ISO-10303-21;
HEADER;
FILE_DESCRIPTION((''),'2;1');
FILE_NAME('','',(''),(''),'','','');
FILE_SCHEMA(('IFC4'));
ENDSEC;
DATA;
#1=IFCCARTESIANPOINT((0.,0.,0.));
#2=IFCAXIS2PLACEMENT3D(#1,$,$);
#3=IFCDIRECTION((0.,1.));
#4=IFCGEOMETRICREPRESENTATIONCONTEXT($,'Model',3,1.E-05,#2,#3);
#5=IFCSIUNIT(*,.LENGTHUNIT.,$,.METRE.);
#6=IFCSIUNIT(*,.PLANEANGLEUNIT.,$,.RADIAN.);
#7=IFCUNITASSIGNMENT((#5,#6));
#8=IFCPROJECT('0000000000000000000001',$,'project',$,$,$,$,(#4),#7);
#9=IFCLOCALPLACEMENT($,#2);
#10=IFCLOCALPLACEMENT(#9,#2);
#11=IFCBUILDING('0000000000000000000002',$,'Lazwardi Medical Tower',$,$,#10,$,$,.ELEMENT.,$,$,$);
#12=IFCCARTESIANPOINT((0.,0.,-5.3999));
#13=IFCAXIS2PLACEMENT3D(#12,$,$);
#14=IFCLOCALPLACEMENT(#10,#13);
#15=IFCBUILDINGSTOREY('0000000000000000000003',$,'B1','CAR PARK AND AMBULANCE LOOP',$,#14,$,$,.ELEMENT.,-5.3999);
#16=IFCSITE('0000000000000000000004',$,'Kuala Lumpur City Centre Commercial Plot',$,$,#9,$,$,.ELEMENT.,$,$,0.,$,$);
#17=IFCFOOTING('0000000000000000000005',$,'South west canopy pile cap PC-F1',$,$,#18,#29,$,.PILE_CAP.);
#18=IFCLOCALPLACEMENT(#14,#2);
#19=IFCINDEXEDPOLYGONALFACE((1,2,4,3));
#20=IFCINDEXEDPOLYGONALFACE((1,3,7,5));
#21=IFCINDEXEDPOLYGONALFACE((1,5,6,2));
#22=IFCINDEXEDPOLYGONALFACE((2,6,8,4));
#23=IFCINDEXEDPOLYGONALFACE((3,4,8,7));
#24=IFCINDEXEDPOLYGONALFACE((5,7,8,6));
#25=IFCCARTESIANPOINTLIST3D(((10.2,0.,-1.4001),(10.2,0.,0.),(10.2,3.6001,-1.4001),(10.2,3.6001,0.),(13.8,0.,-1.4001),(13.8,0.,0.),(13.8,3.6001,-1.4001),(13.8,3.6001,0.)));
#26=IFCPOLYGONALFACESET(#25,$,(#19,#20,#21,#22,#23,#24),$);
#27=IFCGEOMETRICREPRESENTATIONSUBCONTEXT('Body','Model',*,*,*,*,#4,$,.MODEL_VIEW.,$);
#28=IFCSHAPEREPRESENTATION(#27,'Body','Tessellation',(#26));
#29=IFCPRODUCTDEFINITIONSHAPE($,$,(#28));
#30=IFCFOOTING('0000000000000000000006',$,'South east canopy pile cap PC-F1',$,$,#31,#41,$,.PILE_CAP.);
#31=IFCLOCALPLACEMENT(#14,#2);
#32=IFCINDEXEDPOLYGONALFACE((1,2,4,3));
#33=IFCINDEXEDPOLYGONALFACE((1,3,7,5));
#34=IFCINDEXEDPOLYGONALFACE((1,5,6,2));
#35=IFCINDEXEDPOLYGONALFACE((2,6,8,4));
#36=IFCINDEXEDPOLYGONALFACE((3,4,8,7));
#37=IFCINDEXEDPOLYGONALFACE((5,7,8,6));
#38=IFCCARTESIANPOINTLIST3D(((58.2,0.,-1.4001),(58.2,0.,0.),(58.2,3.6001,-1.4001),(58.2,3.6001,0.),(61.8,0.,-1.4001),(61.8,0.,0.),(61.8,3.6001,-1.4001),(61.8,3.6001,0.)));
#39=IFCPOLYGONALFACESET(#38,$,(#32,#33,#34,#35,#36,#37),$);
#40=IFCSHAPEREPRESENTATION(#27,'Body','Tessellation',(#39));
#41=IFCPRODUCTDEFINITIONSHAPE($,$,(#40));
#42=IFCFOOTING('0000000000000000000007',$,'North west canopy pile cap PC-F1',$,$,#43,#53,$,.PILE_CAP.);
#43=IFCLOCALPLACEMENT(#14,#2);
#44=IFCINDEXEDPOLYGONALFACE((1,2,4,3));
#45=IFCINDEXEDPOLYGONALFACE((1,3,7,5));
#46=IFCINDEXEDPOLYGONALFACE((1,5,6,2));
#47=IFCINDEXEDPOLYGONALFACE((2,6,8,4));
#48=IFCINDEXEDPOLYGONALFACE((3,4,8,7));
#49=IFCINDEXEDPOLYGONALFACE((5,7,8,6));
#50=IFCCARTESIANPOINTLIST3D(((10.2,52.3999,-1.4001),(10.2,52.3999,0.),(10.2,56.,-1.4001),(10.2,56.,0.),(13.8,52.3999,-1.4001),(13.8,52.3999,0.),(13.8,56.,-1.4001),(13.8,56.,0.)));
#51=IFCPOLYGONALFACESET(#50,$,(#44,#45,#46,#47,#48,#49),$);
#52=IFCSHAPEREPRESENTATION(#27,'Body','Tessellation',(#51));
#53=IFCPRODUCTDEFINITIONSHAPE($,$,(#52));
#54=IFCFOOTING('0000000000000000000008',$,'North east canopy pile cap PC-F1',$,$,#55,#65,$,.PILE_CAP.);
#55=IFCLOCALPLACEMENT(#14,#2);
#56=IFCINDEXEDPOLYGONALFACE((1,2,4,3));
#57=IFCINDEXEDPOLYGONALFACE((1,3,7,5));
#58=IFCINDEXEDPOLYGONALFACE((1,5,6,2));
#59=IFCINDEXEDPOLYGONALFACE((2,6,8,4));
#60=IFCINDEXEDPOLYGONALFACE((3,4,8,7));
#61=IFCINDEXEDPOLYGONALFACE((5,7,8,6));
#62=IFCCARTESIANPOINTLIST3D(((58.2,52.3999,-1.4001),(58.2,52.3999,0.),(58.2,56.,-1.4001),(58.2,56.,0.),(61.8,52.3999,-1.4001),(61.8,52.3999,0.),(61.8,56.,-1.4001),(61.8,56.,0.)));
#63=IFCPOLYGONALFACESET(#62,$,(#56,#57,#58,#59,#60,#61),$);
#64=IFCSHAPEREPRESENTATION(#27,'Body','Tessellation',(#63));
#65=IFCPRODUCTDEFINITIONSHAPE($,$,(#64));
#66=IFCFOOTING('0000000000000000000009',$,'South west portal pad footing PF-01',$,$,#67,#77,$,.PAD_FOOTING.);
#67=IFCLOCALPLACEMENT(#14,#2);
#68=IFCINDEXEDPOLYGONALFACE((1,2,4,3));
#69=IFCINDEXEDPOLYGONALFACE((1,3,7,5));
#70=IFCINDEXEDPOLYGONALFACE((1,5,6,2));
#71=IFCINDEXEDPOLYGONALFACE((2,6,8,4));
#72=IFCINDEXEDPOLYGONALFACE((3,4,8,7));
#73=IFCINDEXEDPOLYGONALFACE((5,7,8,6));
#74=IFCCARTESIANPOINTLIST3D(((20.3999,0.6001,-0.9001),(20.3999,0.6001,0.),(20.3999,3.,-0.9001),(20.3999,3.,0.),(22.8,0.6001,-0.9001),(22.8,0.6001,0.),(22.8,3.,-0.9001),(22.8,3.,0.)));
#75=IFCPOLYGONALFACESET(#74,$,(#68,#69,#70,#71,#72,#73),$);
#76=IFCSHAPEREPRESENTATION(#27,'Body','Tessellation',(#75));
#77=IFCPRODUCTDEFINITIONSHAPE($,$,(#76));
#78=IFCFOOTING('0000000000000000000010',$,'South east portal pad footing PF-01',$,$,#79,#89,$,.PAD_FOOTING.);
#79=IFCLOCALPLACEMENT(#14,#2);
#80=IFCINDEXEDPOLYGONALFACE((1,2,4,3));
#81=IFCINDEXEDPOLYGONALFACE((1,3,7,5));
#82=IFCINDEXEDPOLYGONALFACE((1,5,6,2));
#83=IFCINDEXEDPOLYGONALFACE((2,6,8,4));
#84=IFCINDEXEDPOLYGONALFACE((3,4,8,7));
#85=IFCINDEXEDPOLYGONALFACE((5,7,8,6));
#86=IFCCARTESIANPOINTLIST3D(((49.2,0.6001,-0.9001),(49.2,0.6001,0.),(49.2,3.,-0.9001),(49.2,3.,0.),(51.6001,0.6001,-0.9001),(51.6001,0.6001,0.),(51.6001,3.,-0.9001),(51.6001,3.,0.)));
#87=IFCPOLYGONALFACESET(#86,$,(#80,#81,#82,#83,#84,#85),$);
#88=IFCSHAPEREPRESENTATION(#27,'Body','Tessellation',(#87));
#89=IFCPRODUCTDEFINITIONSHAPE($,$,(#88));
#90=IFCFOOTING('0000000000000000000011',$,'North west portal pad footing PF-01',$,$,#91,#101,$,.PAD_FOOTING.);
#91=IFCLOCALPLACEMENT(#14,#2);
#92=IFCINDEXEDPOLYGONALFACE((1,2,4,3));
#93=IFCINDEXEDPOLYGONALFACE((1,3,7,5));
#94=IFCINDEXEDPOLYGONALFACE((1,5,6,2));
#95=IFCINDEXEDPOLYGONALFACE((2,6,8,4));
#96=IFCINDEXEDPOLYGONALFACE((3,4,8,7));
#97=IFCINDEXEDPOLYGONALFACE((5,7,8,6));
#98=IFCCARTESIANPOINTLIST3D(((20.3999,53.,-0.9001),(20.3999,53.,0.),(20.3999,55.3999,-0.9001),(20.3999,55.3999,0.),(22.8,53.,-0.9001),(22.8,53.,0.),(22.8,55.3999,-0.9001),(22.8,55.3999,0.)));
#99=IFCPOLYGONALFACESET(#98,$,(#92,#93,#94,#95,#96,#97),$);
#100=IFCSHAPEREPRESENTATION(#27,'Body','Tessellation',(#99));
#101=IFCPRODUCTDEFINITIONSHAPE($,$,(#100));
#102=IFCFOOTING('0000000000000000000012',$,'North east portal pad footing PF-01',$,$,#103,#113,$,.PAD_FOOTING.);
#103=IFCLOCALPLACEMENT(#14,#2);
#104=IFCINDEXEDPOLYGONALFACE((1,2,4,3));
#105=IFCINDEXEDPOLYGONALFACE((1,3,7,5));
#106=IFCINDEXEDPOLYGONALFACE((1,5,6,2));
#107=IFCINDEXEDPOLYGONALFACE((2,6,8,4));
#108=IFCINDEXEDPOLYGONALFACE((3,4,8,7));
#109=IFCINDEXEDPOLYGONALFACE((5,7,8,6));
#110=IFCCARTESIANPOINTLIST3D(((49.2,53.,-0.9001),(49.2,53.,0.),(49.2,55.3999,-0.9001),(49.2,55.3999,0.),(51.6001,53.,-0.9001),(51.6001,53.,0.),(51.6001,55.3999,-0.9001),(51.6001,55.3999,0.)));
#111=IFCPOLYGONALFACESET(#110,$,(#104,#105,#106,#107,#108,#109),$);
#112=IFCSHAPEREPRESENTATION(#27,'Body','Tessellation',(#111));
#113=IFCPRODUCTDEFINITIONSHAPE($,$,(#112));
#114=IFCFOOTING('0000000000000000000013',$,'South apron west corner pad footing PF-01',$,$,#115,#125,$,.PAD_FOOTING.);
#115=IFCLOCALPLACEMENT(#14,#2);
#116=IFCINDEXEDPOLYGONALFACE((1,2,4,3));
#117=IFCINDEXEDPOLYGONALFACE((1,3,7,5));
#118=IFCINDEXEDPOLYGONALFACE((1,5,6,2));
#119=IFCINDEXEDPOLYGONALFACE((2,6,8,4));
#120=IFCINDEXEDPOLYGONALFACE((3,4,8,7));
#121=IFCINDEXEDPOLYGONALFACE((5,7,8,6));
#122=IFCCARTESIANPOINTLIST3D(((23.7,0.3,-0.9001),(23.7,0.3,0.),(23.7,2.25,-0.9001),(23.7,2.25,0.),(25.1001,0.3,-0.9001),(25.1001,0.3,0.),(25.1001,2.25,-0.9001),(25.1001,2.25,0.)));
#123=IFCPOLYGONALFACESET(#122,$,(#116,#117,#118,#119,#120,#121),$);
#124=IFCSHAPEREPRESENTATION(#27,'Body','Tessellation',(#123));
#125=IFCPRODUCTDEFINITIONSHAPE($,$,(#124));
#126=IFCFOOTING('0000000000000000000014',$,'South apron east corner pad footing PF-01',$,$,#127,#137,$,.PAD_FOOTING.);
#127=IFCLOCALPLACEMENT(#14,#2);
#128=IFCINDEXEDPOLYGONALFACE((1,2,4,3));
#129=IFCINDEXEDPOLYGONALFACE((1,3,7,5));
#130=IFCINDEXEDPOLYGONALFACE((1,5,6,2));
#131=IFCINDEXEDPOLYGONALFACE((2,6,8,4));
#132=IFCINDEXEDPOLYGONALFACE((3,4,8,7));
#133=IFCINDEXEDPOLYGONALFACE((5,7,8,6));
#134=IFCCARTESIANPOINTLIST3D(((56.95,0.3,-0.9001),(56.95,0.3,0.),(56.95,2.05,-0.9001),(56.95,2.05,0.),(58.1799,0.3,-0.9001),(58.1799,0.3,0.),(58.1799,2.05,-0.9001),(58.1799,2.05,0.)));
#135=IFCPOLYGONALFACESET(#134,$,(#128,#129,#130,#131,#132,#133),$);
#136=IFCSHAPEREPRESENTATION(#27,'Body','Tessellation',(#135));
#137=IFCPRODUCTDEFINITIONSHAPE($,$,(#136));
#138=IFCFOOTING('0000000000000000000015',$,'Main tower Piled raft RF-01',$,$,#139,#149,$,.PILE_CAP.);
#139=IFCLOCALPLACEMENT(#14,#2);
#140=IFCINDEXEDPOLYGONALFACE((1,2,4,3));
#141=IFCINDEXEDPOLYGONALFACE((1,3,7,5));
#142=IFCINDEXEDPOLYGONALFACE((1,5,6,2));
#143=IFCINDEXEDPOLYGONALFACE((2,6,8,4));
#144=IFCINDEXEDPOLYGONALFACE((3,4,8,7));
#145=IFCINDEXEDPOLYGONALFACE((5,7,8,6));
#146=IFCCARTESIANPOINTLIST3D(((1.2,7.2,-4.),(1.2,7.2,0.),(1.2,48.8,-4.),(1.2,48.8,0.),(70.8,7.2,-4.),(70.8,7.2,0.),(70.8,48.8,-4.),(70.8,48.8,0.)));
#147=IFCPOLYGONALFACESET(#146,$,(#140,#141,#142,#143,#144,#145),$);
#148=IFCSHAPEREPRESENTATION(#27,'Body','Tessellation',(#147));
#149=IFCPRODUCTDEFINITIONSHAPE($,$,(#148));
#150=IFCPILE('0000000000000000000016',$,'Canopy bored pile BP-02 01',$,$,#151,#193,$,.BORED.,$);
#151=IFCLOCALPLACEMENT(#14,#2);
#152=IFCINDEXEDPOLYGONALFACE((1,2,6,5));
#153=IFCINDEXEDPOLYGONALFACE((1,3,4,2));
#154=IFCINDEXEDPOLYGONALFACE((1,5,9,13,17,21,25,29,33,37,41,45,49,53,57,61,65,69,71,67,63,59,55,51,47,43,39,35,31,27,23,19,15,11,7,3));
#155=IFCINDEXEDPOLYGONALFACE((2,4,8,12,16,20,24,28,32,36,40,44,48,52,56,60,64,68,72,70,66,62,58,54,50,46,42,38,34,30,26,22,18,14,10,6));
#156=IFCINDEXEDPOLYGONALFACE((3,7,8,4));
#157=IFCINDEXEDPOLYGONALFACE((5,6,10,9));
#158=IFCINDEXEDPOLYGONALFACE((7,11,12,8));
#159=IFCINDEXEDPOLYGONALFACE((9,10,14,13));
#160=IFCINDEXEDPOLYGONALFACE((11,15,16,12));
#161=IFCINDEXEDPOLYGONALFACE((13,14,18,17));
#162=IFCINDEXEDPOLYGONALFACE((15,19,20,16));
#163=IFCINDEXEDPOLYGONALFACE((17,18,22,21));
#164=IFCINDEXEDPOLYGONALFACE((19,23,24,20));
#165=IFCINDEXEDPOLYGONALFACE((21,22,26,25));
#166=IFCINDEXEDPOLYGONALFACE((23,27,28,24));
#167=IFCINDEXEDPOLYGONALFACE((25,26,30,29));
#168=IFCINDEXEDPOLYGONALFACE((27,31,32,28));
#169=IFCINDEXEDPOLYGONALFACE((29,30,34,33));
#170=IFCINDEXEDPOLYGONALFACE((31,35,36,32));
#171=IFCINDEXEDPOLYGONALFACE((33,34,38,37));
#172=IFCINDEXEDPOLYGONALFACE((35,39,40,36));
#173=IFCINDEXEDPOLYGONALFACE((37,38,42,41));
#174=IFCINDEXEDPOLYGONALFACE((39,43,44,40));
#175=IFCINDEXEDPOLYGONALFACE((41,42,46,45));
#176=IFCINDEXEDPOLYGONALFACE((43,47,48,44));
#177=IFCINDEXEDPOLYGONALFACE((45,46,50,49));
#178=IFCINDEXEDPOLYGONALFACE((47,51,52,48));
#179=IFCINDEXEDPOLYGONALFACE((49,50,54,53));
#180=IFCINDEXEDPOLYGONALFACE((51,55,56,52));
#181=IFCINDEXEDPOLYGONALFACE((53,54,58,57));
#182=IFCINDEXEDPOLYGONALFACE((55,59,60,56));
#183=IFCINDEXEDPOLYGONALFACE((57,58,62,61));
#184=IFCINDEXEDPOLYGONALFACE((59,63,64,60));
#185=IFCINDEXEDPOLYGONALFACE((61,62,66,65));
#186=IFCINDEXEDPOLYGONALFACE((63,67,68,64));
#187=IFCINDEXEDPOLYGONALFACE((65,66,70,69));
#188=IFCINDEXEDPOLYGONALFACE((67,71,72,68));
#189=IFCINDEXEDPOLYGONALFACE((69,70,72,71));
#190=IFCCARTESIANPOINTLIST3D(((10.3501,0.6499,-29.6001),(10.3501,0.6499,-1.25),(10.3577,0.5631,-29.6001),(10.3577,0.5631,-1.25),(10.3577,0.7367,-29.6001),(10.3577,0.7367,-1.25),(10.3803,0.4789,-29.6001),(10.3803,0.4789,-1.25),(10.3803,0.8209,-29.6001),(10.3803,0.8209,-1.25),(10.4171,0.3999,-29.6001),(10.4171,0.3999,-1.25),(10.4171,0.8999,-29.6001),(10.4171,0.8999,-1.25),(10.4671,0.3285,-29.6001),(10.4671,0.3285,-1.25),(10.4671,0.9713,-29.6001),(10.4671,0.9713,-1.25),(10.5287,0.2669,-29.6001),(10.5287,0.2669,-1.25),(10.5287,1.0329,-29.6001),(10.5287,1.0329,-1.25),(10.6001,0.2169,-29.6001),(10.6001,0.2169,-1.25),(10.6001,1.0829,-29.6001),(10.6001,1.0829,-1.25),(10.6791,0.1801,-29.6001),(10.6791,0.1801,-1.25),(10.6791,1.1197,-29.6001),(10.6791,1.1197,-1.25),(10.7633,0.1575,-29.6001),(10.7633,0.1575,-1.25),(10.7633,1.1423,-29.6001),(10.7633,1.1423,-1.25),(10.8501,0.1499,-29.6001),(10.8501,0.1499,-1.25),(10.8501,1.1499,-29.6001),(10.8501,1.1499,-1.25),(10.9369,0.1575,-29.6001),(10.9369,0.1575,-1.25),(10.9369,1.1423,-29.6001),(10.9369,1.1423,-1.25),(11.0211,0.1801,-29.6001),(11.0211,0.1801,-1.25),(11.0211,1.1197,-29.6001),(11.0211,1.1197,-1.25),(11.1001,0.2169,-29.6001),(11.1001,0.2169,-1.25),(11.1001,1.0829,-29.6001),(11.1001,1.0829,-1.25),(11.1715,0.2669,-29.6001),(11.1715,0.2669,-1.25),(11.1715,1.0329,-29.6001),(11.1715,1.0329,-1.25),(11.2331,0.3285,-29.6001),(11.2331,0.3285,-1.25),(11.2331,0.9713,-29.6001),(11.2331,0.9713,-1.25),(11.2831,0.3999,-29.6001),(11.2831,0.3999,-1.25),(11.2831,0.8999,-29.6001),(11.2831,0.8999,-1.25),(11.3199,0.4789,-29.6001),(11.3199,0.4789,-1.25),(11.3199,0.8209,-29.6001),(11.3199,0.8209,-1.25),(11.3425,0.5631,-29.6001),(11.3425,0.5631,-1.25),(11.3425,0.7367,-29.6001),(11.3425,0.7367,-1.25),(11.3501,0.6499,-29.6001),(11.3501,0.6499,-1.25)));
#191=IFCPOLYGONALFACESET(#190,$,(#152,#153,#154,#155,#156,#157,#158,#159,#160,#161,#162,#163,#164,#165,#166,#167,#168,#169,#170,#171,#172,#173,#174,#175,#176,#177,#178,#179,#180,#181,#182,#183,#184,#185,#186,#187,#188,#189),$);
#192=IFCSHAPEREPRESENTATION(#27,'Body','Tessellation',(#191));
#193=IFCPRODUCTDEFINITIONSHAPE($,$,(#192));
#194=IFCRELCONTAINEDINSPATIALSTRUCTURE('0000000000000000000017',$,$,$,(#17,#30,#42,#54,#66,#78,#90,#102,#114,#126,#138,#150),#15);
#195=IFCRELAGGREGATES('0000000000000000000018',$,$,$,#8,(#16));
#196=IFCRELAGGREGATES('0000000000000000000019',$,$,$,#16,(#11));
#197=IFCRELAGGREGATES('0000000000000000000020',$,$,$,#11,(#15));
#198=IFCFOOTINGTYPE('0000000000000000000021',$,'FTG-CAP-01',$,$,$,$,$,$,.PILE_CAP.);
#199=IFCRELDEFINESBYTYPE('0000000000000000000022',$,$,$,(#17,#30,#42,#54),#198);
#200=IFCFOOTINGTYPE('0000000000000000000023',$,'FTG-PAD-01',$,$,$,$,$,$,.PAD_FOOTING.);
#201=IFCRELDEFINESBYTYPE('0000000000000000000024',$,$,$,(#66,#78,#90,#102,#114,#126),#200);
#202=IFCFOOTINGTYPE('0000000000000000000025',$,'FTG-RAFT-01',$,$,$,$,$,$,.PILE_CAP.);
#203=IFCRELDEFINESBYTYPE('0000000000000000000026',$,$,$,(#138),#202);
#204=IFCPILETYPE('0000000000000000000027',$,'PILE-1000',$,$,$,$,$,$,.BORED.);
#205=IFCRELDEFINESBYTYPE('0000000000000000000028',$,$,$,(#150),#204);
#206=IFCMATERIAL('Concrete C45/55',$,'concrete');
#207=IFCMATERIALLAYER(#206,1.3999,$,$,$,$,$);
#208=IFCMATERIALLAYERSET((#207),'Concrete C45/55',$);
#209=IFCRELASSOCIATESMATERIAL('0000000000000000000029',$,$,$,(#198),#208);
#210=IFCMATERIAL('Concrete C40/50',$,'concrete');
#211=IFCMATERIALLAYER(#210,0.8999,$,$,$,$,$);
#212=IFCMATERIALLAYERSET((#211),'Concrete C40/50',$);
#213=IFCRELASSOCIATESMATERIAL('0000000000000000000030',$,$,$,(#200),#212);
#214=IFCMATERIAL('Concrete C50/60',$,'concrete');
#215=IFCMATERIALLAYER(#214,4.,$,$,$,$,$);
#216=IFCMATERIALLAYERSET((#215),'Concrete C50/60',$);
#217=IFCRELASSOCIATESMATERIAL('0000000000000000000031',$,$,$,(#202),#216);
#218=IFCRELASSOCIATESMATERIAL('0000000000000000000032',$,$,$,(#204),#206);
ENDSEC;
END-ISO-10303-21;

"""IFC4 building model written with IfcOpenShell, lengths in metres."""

from ifc_helpers import new_model, si_unit, direction, frame, origin, origin_2d, place, context, subcontext, project, spatial, polyline, circle, outline, extrude, material, layer, layer_set, material_profile, profile_set, type_object, element, save


model = new_model("IFC4")

# Units and contexts
model_context = context("Model", 3, precision=1e-05, world=origin(), true_north=direction((0.0, 1.0)))
body_context = subcontext(model_context, "Body", "Model", "MODEL_VIEW")
ifc_project = project(units=[si_unit("LENGTHUNIT", "METRE"), si_unit("PLANEANGLEUNIT", "RADIAN")], contexts=[model_context])

# Site, building, storey
site_placement = place(None, origin())
site = spatial("IfcSite", under=ifc_project, at=site_placement, Name="Kuala Lumpur City Centre Commercial Plot", CompositionType="ELEMENT", RefElevation=0.0)
building_placement = place(site_placement, origin())
building = spatial("IfcBuilding", under=site, at=building_placement, Name="Lazwardi Medical Tower", CompositionType="ELEMENT")
storey_placement = place(building_placement, frame((0.0, 0.0, -5.3999)))
storey = spatial("IfcBuildingStorey", under=building, at=storey_placement, Name="B1", Description="CAR PARK AND AMBULANCE LOOP", CompositionType="ELEMENT", Elevation=-5.3999)

# Footings
ifc_material_1 = material(Name="Concrete C45/55", Category="concrete")
ifc_layer_1 = layer(ifc_material_1, 1.3999)
ifc_layer_set_1 = layer_set([ifc_layer_1], Name="Concrete C45/55")
footing_type_1 = type_object("IfcFootingType", Name="FTG-CAP-01", PredefinedType="PILE_CAP", material=ifc_layer_set_1)
footing_1_placement = place(storey_placement, frame((0.0, 0.0, -1.4001)))
element("IfcFooting", 1, at=footing_1_placement, inside=storey, type_object=footing_type_1, Name="South west canopy pile cap PC-F1", PredefinedType="PILE_CAP", context=body_context, shape_type="SweptSolid", body=[
    extrude(outline(polyline([(10.2, 0.0), (13.8, 0.0), (13.8, 3.6001), (10.2, 3.6001), (10.2, 0.0)])), origin(), (0.0, 0.0, 1.0), 1.4001),
])
footing_2_placement = place(storey_placement, frame((0.0, 0.0, -1.4001)))
element("IfcFooting", 2, at=footing_2_placement, inside=storey, type_object=footing_type_1, Name="South east canopy pile cap PC-F1", PredefinedType="PILE_CAP", context=body_context, shape_type="SweptSolid", body=[
    extrude(outline(polyline([(58.2, 0.0), (61.8, 0.0), (61.8, 3.6001), (58.2, 3.6001), (58.2, 0.0)])), origin(), (0.0, 0.0, 1.0), 1.4001),
])
footing_3_placement = place(storey_placement, frame((0.0, 0.0, -1.4001)))
element("IfcFooting", 3, at=footing_3_placement, inside=storey, type_object=footing_type_1, Name="North west canopy pile cap PC-F1", PredefinedType="PILE_CAP", context=body_context, shape_type="SweptSolid", body=[
    extrude(outline(polyline([(10.2, 52.3999), (13.8, 52.3999), (13.8, 56.0), (10.2, 56.0), (10.2, 52.3999)])), origin(), (0.0, 0.0, 1.0), 1.4001),
])
footing_4_placement = place(storey_placement, frame((0.0, 0.0, -1.4001)))
element("IfcFooting", 4, at=footing_4_placement, inside=storey, type_object=footing_type_1, Name="North east canopy pile cap PC-F1", PredefinedType="PILE_CAP", context=body_context, shape_type="SweptSolid", body=[
    extrude(outline(polyline([(58.2, 52.3999), (61.8, 52.3999), (61.8, 56.0), (58.2, 56.0), (58.2, 52.3999)])), origin(), (0.0, 0.0, 1.0), 1.4001),
])
ifc_material_2 = material(Name="Concrete C40/50", Category="concrete")
ifc_layer_2 = layer(ifc_material_2, 0.8999)
ifc_layer_set_2 = layer_set([ifc_layer_2], Name="Concrete C40/50")
footing_type_2 = type_object("IfcFootingType", Name="FTG-PAD-01", PredefinedType="PAD_FOOTING", material=ifc_layer_set_2)
footing_5_placement = place(storey_placement, frame((0.0, 0.0, -0.9001)))
element("IfcFooting", 5, at=footing_5_placement, inside=storey, type_object=footing_type_2, Name="South west portal pad footing PF-01", PredefinedType="PAD_FOOTING", context=body_context, shape_type="SweptSolid", body=[
    extrude(outline(polyline([(20.3999, 0.6001), (22.8, 0.6001), (22.8, 3.0), (20.3999, 3.0), (20.3999, 0.6001)])), origin(), (0.0, 0.0, 1.0), 0.9001),
])
footing_6_placement = place(storey_placement, frame((0.0, 0.0, -0.9001)))
element("IfcFooting", 6, at=footing_6_placement, inside=storey, type_object=footing_type_2, Name="South east portal pad footing PF-01", PredefinedType="PAD_FOOTING", context=body_context, shape_type="SweptSolid", body=[
    extrude(outline(polyline([(49.2, 0.6001), (51.6001, 0.6001), (51.6001, 3.0), (49.2, 3.0), (49.2, 0.6001)])), origin(), (0.0, 0.0, 1.0), 0.9001),
])
footing_7_placement = place(storey_placement, frame((0.0, 0.0, -0.9001)))
element("IfcFooting", 7, at=footing_7_placement, inside=storey, type_object=footing_type_2, Name="North west portal pad footing PF-01", PredefinedType="PAD_FOOTING", context=body_context, shape_type="SweptSolid", body=[
    extrude(outline(polyline([(20.3999, 53.0), (22.8, 53.0), (22.8, 55.3999), (20.3999, 55.3999), (20.3999, 53.0)])), origin(), (0.0, 0.0, 1.0), 0.9001),
])
footing_8_placement = place(storey_placement, frame((0.0, 0.0, -0.9001)))
element("IfcFooting", 8, at=footing_8_placement, inside=storey, type_object=footing_type_2, Name="North east portal pad footing PF-01", PredefinedType="PAD_FOOTING", context=body_context, shape_type="SweptSolid", body=[
    extrude(outline(polyline([(49.2, 53.0), (51.6001, 53.0), (51.6001, 55.3999), (49.2, 55.3999), (49.2, 53.0)])), origin(), (0.0, 0.0, 1.0), 0.9001),
])
footing_9_placement = place(storey_placement, frame((0.0, 0.0, -0.9001)))
element("IfcFooting", 9, at=footing_9_placement, inside=storey, type_object=footing_type_2, Name="South apron west corner pad footing PF-01", PredefinedType="PAD_FOOTING", context=body_context, shape_type="SweptSolid", body=[
    extrude(outline(polyline([(23.7, 0.3), (25.1001, 0.3), (25.1001, 2.25), (23.7, 2.25), (23.7, 0.3)])), origin(), (0.0, 0.0, 1.0), 0.9001),
])
footing_10_placement = place(storey_placement, frame((0.0, 0.0, -0.9001)))
element("IfcFooting", 10, at=footing_10_placement, inside=storey, type_object=footing_type_2, Name="South apron east corner pad footing PF-01", PredefinedType="PAD_FOOTING", context=body_context, shape_type="SweptSolid", body=[
    extrude(outline(polyline([(56.95, 0.3), (58.1799, 0.3), (58.1799, 2.05), (56.95, 2.05), (56.95, 0.3)])), origin(), (0.0, 0.0, 1.0), 0.9001),
])
ifc_material_3 = material(Name="Concrete C50/60", Category="concrete")
ifc_layer_3 = layer(ifc_material_3, 4.0)
ifc_layer_set_3 = layer_set([ifc_layer_3], Name="Concrete C50/60")
footing_type_3 = type_object("IfcFootingType", Name="FTG-RAFT-01", PredefinedType="PILE_CAP", material=ifc_layer_set_3)
footing_11_placement = place(storey_placement, frame((0.0, 0.0, -4.0)))
element("IfcFooting", 11, at=footing_11_placement, inside=storey, type_object=footing_type_3, Name="Main tower Piled raft RF-01", PredefinedType="PILE_CAP", context=body_context, shape_type="SweptSolid", body=[
    extrude(outline(polyline([(1.2, 7.2), (70.8, 7.2), (70.8, 48.8), (1.2, 48.8), (1.2, 7.2)])), origin(), (0.0, 0.0, 1.0), 4.0),
])

# Pile
ifc_material_profile = material_profile(ifc_material_1, circle(Radius=0.5, at=origin_2d()), Name="BORED PILE D1000")
ifc_profile_set = profile_set([ifc_material_profile], Name="Concrete C45/55")
pile_type = type_object("IfcPileType", Name="PILE-1000", PredefinedType="BORED", material=ifc_profile_set)
pile_placement = place(storey_placement, frame((10.8501, 0.6499, -1.25), z_axis=(0.0, 0.0, -1.0), x_axis=(1.0, 0.0, 0.0)))
element("IfcPile", 12, at=pile_placement, inside=storey, type_object=pile_type, Name="Canopy bored pile BP-02 01", PredefinedType="BORED", context=body_context, shape_type="SweptSolid", body=[
    extrude(circle(Radius=0.5, at=origin_2d()), origin(), (0.0, 0.0, 1.0), 28.3501),
])

save(model, "model.ifc")
